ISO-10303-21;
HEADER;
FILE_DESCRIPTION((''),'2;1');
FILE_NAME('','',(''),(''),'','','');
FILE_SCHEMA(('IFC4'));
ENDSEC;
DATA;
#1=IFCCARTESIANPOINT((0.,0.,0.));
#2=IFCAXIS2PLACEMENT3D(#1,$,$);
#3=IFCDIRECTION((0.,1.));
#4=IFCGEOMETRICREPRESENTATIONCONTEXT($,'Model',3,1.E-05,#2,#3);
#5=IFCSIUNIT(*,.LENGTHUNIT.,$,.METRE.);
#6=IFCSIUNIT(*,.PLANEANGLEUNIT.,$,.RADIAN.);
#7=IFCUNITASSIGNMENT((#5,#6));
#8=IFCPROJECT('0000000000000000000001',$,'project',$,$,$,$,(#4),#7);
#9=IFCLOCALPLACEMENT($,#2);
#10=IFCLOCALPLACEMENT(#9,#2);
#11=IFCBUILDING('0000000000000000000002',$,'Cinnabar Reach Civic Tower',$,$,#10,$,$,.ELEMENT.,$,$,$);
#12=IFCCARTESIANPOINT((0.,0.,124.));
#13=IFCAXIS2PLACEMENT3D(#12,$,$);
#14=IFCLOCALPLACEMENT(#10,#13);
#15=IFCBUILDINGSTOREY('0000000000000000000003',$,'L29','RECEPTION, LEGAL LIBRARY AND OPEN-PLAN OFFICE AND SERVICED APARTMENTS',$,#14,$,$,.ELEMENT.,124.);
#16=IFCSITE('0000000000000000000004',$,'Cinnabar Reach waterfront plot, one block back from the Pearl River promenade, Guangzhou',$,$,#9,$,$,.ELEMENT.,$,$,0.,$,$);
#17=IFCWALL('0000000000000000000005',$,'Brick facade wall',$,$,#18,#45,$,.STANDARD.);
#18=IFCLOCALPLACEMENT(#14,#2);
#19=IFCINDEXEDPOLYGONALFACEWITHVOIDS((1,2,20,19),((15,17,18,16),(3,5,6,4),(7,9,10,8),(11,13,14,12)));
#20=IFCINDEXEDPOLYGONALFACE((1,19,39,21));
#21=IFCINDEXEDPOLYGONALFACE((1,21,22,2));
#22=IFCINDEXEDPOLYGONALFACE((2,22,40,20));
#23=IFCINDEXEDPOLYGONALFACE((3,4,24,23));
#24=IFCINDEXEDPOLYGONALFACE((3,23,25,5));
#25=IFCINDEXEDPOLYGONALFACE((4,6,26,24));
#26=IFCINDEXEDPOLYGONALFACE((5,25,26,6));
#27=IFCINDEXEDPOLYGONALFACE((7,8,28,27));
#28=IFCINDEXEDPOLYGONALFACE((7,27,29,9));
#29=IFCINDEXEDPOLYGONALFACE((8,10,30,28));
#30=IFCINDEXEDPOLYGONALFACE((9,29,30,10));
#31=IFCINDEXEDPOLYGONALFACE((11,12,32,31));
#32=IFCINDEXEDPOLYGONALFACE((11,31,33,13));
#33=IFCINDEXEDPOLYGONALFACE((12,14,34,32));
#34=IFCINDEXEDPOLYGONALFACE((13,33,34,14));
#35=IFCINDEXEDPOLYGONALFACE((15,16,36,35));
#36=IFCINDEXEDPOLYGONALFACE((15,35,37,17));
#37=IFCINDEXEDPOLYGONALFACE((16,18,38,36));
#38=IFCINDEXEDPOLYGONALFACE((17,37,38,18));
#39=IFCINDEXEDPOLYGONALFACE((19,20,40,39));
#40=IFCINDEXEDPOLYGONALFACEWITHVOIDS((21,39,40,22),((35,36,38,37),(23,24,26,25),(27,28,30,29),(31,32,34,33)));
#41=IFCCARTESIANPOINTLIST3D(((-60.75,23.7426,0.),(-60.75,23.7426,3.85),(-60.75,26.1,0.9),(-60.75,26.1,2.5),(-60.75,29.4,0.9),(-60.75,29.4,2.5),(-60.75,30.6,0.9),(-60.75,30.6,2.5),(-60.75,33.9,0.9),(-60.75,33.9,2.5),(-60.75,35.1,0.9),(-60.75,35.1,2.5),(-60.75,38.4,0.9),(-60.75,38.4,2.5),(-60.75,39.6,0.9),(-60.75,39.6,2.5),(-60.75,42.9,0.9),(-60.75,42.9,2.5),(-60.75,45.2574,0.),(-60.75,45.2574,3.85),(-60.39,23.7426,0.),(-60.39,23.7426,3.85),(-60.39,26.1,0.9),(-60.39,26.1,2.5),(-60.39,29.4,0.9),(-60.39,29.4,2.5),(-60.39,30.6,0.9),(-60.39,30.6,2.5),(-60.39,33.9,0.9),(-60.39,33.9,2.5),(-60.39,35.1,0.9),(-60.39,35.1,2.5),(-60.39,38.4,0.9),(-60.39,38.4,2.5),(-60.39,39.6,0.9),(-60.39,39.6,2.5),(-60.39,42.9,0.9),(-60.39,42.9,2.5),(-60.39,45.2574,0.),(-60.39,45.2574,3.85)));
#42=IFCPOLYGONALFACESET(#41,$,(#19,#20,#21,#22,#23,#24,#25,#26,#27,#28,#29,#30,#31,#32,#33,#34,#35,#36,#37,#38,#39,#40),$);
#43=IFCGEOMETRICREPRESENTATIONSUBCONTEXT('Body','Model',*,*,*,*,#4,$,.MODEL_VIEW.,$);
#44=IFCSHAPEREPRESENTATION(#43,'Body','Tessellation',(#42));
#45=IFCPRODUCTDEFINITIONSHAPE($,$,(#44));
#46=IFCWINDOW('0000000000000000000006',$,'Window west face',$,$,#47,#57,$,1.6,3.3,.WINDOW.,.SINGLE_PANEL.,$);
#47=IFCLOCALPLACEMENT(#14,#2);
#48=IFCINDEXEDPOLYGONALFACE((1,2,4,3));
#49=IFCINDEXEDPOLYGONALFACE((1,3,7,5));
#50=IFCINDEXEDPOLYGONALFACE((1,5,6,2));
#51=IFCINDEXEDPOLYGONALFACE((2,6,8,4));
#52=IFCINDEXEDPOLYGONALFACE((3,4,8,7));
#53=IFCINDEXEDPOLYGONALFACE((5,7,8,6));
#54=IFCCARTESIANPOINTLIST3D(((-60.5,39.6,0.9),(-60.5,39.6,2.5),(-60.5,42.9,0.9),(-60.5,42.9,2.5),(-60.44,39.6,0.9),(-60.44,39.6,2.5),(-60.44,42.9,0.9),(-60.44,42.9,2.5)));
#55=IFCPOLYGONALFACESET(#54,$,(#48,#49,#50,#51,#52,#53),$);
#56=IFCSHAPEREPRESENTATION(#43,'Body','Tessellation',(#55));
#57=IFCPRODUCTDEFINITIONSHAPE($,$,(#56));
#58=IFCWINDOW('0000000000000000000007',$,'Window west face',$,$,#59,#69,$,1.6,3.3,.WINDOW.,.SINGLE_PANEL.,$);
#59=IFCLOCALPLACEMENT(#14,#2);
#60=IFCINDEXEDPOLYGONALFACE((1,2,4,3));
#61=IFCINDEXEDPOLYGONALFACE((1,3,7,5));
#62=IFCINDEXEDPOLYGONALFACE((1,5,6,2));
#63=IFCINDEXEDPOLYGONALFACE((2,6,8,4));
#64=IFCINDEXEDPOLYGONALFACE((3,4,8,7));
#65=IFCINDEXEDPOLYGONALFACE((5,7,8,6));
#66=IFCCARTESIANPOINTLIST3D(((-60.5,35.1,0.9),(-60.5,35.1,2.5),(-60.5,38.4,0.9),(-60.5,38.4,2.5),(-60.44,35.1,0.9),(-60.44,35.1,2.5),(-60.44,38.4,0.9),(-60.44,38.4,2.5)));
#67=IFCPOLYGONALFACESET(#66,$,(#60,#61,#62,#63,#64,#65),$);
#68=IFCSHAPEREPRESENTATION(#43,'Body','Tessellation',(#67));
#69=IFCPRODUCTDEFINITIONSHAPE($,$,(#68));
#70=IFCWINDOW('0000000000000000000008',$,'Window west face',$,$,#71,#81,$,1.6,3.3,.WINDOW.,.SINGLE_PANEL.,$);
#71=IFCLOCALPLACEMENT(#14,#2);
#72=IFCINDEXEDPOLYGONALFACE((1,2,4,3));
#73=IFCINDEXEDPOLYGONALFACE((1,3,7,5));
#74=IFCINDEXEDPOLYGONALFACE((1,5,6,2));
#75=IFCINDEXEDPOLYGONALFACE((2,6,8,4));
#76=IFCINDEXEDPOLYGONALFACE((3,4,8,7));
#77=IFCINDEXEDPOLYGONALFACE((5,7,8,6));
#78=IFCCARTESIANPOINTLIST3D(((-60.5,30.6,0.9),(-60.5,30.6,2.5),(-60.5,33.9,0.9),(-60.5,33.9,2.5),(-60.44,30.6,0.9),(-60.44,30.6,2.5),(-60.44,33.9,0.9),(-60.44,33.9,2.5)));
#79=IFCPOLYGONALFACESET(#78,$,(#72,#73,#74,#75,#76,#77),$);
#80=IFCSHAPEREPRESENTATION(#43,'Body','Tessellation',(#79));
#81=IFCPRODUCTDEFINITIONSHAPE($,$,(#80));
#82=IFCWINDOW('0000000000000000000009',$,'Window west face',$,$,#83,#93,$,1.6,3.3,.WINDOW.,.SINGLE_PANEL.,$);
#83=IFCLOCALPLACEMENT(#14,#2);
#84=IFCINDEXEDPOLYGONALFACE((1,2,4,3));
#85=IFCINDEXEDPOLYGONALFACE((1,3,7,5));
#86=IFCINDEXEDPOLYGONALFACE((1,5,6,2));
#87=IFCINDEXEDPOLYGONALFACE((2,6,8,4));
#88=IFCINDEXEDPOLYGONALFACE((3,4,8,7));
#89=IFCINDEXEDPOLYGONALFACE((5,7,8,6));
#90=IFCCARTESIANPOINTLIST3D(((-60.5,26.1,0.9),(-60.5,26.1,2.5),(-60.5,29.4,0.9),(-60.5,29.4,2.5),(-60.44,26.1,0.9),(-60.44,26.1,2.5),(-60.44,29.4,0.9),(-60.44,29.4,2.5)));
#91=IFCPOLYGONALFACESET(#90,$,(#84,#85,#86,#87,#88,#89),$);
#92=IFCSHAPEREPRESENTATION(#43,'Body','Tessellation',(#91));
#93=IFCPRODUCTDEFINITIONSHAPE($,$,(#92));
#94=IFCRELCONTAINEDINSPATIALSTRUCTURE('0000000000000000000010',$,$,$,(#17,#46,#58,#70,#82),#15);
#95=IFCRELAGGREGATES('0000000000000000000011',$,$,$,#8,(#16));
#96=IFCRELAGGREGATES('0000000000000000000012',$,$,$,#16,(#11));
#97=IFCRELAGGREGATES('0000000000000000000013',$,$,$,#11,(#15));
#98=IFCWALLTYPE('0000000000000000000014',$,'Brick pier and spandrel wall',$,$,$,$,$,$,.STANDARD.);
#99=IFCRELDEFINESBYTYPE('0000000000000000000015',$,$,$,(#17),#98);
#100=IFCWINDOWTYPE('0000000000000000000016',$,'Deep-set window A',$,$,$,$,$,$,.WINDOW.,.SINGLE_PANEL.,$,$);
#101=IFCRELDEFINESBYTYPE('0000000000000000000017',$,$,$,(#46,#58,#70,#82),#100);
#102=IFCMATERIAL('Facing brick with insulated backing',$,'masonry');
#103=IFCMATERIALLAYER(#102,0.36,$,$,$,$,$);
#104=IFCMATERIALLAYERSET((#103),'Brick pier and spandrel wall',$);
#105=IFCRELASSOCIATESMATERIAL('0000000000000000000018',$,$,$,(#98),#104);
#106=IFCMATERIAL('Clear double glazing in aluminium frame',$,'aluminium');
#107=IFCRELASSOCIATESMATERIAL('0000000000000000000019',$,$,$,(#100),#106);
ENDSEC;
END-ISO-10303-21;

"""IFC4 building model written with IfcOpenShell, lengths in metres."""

from ifc_helpers import new_model, si_unit, direction, frame, frame_2d, origin, place, context, subcontext, project, spatial, rectangle, extrude, material, layer, layer_set, type_object, element, fill, save


model = new_model("IFC4")

# Units and contexts
model_context = context("Model", 3, precision=1e-05, world=origin(), true_north=direction((0.0, 1.0)))
body_context = subcontext(model_context, "Body", "Model", "MODEL_VIEW")
ifc_project = project(units=[si_unit("LENGTHUNIT", "METRE"), si_unit("PLANEANGLEUNIT", "RADIAN")], contexts=[model_context])

# Site, building, storey
site_placement = place(None, origin())
site = spatial("IfcSite", under=ifc_project, at=site_placement, Name="Cinnabar Reach waterfront plot, one block back from the Pearl River promenade, Guangzhou", CompositionType="ELEMENT", RefElevation=0.0)
building_placement = place(site_placement, origin())
building = spatial("IfcBuilding", under=site, at=building_placement, Name="Cinnabar Reach Civic Tower", CompositionType="ELEMENT")
storey_placement = place(building_placement, frame((0.0, 0.0, 124.0)))
storey = spatial("IfcBuildingStorey", under=building, at=storey_placement, Name="L29", Description="RECEPTION, LEGAL LIBRARY AND OPEN-PLAN OFFICE AND SERVICED APARTMENTS", CompositionType="ELEMENT", Elevation=124.0)

# Shared definitions
ifc_material_1 = material(Name="Facing brick with insulated backing", Category="masonry")
ifc_layer_1 = layer(ifc_material_1, 0.36)
ifc_layer_set_1 = layer_set([ifc_layer_1], Name="Brick pier and spandrel wall")
wall_type_1 = type_object("IfcWallType", Name="Brick pier and spandrel wall", PredefinedType="STANDARD", material=ifc_layer_set_1)

# Wall, openings, windows
wall_1_placement = place(storey_placement, frame((-60.57, 45.2574, 0.0), z_axis=(0.0, 0.0, 1.0), x_axis=(0.0, -1.0, 0.0)))
wall_1 = element("IfcWall", 1, at=wall_1_placement, inside=storey, type_object=wall_type_1, Name="Brick facade wall", PredefinedType="STANDARD", context=body_context, shape_type="SweptSolid", body=[
    extrude(rectangle(XDim=21.5148, YDim=0.36, at=frame_2d((10.7574, 0.0))), origin(), (0.0, 0.0, 1.0), 3.85),
])
opening_1_placement = place(wall_1_placement, frame((2.3574, 0.0, 0.9)))
opening_1 = element("IfcOpeningElement", 2, at=opening_1_placement, cuts=wall_1, PredefinedType="OPENING", context=body_context, shape_type="SweptSolid", body=[
    extrude(rectangle(XDim=3.3, YDim=1.6, at=frame_2d((1.65, 0.8))), frame((0.0, 0.19, 0.0), z_axis=(0.0, -1.0, 0.0), x_axis=(1.0, 0.0, 0.0)), (0.0, 0.0, 1.0), 0.38),
])
opening_2_placement = place(wall_1_placement, frame((6.8574, 0.0, 0.9)))
opening_2 = element("IfcOpeningElement", 3, at=opening_2_placement, cuts=wall_1, PredefinedType="OPENING", context=body_context, shape_type="SweptSolid", body=[
    extrude(rectangle(XDim=3.3, YDim=1.6, at=frame_2d((1.65, 0.8))), frame((0.0, 0.19, 0.0), z_axis=(0.0, -1.0, 0.0), x_axis=(1.0, 0.0, 0.0)), (0.0, 0.0, 1.0), 0.38),
])
opening_3_placement = place(wall_1_placement, frame((11.3574, 0.0, 0.9)))
opening_3 = element("IfcOpeningElement", 4, at=opening_3_placement, cuts=wall_1, PredefinedType="OPENING", context=body_context, shape_type="SweptSolid", body=[
    extrude(rectangle(XDim=3.3, YDim=1.6, at=frame_2d((1.65, 0.8))), frame((0.0, 0.19, 0.0), z_axis=(0.0, -1.0, 0.0), x_axis=(1.0, 0.0, 0.0)), (0.0, 0.0, 1.0), 0.38),
])
opening_4_placement = place(wall_1_placement, frame((15.8574, 0.0, 0.9)))
opening_4 = element("IfcOpeningElement", 5, at=opening_4_placement, cuts=wall_1, PredefinedType="OPENING", context=body_context, shape_type="SweptSolid", body=[
    extrude(rectangle(XDim=3.3, YDim=1.6, at=frame_2d((1.65, 0.8))), frame((0.0, 0.19, 0.0), z_axis=(0.0, -1.0, 0.0), x_axis=(1.0, 0.0, 0.0)), (0.0, 0.0, 1.0), 0.38),
])
ifc_material_2 = material(Name="Clear double glazing in aluminium frame", Category="aluminium")
window_type = type_object("IfcWindowType", Name="Deep-set window A", PartitioningType="SINGLE_PANEL", PredefinedType="WINDOW", material=ifc_material_2)
window_1_placement = place(opening_1_placement, origin())
window_1 = element("IfcWindow", 6, at=window_1_placement, inside=storey, type_object=window_type, Name="Window west face", OverallHeight=1.6, OverallWidth=3.3, PartitioningType="SINGLE_PANEL", PredefinedType="WINDOW", context=body_context, shape_type="SweptSolid", body=[
    extrude(rectangle(XDim=3.3, YDim=1.6, at=frame_2d((1.65, 0.8))), frame((0.0, 0.13, 0.0), z_axis=(0.0, -1.0, 0.0), x_axis=(1.0, 0.0, 0.0)), (0.0, 0.0, 1.0), 0.06),
])
fill(opening_1, window_1)
window_2_placement = place(opening_2_placement, origin())
window_2 = element("IfcWindow", 7, at=window_2_placement, inside=storey, type_object=window_type, Name="Window west face", OverallHeight=1.6, OverallWidth=3.3, PartitioningType="SINGLE_PANEL", PredefinedType="WINDOW", context=body_context, shape_type="SweptSolid", body=[
    extrude(rectangle(XDim=3.3, YDim=1.6, at=frame_2d((1.65, 0.8))), frame((0.0, 0.13, 0.0), z_axis=(0.0, -1.0, 0.0), x_axis=(1.0, 0.0, 0.0)), (0.0, 0.0, 1.0), 0.06),
])
fill(opening_2, window_2)
window_3_placement = place(opening_3_placement, origin())
window_3 = element("IfcWindow", 8, at=window_3_placement, inside=storey, type_object=window_type, Name="Window west face", OverallHeight=1.6, OverallWidth=3.3, PartitioningType="SINGLE_PANEL", PredefinedType="WINDOW", context=body_context, shape_type="SweptSolid", body=[
    extrude(rectangle(XDim=3.3, YDim=1.6, at=frame_2d((1.65, 0.8))), frame((0.0, 0.13, 0.0), z_axis=(0.0, -1.0, 0.0), x_axis=(1.0, 0.0, 0.0)), (0.0, 0.0, 1.0), 0.06),
])
fill(opening_3, window_3)
window_4_placement = place(opening_4_placement, origin())
window_4 = element("IfcWindow", 9, at=window_4_placement, inside=storey, type_object=window_type, Name="Window west face", OverallHeight=1.6, OverallWidth=3.3, PartitioningType="SINGLE_PANEL", PredefinedType="WINDOW", context=body_context, shape_type="SweptSolid", body=[
    extrude(rectangle(XDim=3.3, YDim=1.6, at=frame_2d((1.65, 0.8))), frame((0.0, 0.13, 0.0), z_axis=(0.0, -1.0, 0.0), x_axis=(1.0, 0.0, 0.0)), (0.0, 0.0, 1.0), 0.06),
])
fill(opening_4, window_4)

save(model, "model.ifc")
